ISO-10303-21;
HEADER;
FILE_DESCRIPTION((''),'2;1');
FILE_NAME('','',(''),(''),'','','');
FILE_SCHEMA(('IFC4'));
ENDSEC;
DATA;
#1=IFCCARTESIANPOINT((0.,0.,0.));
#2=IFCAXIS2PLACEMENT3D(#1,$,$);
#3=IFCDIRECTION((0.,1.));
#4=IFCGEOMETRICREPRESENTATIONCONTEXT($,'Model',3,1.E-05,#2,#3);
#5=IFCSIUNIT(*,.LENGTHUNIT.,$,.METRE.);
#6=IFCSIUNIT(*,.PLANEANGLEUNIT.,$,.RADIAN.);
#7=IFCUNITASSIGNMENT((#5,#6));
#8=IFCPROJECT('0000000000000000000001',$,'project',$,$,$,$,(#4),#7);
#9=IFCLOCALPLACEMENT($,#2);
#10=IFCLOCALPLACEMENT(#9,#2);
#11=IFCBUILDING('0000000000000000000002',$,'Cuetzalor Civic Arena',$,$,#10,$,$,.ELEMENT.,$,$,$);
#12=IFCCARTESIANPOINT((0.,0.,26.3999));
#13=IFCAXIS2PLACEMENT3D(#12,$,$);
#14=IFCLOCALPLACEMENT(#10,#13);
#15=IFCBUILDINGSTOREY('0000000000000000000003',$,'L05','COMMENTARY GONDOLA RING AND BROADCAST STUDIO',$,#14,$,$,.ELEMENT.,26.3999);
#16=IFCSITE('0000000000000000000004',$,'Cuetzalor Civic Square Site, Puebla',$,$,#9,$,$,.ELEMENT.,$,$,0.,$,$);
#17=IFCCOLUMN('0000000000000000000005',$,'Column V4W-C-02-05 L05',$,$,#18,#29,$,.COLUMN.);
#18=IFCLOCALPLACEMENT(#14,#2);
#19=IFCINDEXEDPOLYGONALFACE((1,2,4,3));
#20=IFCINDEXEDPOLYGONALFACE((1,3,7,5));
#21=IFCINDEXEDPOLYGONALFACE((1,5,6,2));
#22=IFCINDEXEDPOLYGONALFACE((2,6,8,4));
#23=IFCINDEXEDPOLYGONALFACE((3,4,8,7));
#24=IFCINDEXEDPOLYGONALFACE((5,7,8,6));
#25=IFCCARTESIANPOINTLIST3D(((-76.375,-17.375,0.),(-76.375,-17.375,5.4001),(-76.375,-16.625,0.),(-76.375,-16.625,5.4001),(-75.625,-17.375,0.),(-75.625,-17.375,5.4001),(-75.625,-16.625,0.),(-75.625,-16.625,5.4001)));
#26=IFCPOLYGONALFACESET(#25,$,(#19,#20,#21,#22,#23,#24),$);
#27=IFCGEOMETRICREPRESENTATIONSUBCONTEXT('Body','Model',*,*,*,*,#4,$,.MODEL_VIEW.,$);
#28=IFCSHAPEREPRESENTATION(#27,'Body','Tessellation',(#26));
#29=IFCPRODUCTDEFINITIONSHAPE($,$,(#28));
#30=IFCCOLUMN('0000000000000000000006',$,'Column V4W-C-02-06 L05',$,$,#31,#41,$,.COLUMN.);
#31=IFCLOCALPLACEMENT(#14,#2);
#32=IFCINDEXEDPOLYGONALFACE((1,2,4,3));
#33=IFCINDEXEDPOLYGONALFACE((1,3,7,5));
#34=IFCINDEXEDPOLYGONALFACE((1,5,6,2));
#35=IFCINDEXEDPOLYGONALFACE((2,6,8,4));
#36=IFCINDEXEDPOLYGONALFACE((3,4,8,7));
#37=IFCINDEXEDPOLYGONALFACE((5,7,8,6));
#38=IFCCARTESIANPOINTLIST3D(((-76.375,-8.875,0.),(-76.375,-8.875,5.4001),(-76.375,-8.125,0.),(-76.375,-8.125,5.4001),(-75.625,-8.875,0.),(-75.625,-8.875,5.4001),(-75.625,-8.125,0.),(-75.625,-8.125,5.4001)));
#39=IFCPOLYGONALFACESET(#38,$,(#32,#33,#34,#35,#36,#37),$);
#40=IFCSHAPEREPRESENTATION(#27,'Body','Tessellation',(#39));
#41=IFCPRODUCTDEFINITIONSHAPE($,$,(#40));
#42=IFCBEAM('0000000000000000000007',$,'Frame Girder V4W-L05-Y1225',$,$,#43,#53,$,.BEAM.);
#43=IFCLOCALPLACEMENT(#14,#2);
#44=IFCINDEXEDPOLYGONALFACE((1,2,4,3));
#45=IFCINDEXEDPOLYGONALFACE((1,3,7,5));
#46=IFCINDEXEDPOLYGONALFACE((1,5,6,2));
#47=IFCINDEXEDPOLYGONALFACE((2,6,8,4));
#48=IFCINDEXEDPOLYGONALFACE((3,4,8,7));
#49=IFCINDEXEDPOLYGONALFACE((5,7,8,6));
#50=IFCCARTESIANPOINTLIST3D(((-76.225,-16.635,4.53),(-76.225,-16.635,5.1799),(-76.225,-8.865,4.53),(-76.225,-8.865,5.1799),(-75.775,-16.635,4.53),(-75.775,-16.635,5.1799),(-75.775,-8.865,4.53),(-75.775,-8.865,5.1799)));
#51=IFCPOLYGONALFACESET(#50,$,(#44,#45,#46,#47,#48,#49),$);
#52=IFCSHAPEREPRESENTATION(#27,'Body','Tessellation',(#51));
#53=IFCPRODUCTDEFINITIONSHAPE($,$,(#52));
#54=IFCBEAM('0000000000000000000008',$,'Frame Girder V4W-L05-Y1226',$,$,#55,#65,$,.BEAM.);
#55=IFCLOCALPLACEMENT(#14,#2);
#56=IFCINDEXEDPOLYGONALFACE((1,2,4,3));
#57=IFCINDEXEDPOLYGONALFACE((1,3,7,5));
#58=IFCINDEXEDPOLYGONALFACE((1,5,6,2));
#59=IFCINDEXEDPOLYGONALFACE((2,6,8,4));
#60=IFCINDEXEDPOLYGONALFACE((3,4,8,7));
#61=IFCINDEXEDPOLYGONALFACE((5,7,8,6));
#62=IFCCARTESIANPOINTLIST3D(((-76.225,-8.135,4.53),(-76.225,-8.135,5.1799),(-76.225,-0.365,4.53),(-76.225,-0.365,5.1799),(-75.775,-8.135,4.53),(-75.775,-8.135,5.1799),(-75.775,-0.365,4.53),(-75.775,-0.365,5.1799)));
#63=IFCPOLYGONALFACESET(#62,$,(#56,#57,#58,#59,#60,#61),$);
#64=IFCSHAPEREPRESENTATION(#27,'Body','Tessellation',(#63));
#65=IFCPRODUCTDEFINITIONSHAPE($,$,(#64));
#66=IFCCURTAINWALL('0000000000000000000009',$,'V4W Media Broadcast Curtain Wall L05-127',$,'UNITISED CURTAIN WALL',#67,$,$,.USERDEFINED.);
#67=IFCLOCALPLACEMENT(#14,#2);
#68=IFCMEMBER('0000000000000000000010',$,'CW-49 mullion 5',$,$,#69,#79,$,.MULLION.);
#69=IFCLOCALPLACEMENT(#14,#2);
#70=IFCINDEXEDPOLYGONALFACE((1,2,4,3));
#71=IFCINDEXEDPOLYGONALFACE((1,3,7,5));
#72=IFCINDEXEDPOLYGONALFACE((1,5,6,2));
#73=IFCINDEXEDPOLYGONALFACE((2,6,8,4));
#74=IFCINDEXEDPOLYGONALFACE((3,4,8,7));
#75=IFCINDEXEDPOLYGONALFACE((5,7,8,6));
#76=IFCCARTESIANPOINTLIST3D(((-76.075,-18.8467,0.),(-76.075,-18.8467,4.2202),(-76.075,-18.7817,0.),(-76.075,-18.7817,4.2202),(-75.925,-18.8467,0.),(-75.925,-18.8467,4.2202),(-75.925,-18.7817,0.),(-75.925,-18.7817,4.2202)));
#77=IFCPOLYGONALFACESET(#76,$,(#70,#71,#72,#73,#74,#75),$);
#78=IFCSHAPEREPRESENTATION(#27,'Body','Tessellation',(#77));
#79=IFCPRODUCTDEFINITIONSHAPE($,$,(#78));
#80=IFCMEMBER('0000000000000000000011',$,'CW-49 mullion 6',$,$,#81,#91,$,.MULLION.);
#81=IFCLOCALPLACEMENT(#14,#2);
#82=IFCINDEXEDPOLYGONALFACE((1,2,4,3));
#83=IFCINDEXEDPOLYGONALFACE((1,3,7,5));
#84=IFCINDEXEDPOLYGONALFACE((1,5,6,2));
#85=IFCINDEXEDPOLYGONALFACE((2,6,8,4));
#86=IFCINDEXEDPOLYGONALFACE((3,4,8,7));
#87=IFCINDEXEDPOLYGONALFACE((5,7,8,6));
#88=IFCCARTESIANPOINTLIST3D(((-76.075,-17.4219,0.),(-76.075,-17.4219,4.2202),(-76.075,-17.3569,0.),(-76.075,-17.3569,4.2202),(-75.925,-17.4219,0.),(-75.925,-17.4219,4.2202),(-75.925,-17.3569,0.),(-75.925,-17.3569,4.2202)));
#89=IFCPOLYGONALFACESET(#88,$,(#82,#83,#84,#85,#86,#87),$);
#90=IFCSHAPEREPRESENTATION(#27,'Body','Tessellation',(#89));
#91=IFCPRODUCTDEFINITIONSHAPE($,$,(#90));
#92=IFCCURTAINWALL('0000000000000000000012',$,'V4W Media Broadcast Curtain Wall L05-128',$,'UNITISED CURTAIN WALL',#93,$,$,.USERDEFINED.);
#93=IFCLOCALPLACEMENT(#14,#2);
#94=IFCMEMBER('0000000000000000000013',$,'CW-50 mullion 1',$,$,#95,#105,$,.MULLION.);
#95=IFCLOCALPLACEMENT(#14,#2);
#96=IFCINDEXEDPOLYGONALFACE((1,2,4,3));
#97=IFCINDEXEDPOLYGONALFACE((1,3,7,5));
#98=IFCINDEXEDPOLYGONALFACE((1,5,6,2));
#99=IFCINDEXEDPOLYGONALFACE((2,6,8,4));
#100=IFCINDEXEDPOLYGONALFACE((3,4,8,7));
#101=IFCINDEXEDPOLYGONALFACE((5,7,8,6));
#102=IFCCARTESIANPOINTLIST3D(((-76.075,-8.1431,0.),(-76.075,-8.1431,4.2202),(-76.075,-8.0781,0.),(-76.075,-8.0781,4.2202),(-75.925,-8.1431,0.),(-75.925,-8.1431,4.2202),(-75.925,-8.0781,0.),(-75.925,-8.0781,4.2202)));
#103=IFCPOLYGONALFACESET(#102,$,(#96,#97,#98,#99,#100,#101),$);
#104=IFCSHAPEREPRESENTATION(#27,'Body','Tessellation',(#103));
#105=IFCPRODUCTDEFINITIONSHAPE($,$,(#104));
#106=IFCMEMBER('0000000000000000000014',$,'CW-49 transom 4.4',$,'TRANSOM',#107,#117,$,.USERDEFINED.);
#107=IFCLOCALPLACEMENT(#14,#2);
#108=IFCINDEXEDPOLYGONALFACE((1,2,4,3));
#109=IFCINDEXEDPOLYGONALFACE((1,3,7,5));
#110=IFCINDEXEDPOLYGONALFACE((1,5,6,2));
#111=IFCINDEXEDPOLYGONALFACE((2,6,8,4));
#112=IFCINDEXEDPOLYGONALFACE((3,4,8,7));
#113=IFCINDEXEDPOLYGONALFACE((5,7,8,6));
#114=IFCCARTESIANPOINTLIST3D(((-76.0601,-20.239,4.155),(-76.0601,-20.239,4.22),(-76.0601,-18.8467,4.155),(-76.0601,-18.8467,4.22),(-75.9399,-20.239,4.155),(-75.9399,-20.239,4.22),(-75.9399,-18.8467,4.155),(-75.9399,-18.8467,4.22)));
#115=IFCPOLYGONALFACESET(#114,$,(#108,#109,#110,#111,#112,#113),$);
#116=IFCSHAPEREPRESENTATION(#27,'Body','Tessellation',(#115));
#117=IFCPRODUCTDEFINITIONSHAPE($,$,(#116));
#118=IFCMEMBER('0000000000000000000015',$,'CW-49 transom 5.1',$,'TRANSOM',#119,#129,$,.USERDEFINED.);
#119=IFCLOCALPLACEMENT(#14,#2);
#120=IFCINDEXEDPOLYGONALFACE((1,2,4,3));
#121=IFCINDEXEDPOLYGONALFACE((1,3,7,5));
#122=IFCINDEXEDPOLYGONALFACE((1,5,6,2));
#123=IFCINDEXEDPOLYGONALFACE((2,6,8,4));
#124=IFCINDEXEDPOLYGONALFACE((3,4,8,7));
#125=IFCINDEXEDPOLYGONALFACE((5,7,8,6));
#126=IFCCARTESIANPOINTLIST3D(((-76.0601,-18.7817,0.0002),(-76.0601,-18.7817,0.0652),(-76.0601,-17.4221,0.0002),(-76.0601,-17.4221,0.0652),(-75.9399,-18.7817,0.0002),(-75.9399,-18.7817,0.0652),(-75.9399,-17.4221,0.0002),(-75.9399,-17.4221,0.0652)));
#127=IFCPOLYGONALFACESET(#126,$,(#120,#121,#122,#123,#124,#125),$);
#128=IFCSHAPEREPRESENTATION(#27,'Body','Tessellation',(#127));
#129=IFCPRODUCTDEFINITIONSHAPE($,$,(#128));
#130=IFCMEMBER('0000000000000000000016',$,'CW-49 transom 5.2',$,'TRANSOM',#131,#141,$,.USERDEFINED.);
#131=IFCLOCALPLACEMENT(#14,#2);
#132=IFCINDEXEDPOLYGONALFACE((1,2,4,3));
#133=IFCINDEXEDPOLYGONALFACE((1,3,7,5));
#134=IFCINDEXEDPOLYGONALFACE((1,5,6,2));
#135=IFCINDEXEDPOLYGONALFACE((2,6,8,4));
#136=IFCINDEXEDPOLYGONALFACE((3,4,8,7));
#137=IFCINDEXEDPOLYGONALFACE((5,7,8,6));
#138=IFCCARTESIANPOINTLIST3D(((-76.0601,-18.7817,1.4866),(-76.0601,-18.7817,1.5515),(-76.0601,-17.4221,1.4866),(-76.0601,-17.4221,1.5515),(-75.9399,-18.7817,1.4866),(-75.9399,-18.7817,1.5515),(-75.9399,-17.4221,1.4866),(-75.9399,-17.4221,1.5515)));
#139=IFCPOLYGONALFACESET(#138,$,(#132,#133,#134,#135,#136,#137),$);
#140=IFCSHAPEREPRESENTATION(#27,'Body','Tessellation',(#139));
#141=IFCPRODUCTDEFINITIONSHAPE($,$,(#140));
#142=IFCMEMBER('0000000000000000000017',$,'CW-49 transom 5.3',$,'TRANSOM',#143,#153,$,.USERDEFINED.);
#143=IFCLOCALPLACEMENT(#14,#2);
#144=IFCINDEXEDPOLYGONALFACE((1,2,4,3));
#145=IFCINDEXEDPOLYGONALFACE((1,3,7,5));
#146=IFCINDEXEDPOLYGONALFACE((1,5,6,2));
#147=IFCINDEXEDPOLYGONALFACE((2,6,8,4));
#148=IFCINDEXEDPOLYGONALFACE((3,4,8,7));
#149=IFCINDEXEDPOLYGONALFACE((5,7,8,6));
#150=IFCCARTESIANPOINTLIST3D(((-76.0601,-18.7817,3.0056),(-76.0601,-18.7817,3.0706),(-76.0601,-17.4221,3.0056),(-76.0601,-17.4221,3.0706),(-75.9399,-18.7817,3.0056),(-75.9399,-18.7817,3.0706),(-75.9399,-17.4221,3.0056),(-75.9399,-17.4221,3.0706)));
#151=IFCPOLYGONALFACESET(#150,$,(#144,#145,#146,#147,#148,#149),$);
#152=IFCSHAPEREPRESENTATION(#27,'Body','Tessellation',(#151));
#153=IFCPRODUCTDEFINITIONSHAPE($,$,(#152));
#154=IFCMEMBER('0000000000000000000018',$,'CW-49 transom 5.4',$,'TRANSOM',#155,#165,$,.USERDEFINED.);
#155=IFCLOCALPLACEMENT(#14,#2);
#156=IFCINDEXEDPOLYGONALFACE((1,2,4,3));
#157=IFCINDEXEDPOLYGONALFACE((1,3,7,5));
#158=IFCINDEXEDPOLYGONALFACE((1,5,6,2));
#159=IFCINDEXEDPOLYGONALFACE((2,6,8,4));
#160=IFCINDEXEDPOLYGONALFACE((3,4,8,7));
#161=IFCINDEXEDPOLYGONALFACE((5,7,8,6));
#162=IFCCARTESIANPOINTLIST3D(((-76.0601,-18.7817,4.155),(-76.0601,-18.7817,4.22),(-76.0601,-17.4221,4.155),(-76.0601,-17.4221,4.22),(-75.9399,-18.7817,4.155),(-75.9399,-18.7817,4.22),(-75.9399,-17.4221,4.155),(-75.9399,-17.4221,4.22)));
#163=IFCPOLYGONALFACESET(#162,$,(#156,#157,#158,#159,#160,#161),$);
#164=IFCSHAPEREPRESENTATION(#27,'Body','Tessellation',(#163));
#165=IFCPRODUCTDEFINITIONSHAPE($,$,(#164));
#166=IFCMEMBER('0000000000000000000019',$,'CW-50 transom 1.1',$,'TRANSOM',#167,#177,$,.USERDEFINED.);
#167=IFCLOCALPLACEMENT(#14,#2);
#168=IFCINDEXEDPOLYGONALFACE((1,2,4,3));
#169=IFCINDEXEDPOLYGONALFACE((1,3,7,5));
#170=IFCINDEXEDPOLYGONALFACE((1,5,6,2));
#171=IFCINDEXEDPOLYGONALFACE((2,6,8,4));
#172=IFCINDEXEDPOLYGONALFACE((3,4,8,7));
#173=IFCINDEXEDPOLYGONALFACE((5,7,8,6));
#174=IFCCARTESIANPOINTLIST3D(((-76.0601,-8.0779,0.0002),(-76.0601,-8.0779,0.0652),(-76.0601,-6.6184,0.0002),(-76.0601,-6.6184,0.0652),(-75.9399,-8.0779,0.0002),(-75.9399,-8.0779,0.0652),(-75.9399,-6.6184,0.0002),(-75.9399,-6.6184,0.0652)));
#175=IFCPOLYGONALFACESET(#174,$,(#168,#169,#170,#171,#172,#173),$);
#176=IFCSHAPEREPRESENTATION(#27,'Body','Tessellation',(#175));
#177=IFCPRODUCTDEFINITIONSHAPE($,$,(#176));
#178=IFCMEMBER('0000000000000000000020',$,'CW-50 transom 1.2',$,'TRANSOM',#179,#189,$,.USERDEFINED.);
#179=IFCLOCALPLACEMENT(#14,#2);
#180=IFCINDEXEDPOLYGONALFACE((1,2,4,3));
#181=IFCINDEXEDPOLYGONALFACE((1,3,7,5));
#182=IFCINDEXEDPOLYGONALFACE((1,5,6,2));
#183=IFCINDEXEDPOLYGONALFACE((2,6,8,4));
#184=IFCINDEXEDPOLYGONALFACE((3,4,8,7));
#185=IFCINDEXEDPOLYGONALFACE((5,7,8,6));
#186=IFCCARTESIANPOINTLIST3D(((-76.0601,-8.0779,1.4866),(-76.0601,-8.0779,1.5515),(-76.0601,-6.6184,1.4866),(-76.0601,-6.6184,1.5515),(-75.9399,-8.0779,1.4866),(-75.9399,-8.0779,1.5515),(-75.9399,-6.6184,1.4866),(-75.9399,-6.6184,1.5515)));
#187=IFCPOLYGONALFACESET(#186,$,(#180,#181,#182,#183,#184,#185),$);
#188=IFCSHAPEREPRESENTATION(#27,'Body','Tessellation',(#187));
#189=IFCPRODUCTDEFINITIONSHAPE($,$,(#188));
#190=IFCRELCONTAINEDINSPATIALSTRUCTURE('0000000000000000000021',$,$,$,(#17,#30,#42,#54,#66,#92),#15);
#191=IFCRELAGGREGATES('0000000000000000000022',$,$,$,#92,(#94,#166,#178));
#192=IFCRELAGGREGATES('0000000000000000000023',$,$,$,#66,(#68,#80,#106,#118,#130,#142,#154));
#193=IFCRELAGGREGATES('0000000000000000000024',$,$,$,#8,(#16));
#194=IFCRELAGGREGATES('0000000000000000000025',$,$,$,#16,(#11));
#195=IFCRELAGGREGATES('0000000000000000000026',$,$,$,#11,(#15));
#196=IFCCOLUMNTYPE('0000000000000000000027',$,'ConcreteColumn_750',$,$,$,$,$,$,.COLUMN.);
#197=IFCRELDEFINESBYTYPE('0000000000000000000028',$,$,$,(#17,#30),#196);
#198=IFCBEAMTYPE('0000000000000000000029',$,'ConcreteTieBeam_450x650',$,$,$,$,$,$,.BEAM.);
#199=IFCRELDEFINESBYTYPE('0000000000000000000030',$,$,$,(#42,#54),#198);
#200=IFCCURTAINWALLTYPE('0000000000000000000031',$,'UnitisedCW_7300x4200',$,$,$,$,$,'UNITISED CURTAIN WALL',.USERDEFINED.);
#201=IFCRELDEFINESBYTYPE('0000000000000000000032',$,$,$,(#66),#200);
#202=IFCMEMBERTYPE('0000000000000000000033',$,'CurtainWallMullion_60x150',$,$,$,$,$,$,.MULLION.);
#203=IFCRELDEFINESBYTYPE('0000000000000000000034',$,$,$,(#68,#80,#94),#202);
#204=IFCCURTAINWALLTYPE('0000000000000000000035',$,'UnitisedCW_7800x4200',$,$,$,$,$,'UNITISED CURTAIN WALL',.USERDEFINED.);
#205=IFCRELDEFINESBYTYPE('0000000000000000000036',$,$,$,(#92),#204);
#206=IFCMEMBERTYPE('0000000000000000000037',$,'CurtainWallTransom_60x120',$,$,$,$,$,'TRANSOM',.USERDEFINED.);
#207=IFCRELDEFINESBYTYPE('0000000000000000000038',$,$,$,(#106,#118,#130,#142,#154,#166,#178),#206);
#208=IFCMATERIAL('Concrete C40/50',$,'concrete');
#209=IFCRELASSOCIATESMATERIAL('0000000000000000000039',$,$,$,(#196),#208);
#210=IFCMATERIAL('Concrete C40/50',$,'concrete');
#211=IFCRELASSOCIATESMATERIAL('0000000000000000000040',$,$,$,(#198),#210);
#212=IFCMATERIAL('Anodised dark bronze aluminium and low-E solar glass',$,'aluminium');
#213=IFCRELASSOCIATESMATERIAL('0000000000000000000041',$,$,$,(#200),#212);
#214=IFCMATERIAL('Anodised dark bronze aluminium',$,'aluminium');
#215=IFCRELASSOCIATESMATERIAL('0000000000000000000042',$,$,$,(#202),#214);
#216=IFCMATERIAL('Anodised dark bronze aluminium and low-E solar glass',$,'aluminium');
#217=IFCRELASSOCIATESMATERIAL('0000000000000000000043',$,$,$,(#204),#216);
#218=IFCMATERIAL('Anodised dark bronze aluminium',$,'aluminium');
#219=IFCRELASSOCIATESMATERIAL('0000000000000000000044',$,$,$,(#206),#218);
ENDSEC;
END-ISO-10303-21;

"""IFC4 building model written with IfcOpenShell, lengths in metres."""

from ifc_helpers import new_model, si_unit, direction, frame, origin, origin_2d, place, context, subcontext, project, spatial, rectangle, extrude, material, material_profile, profile_set, type_object, element, aggregate, save


model = new_model("IFC4")

# Units and contexts
model_context = context("Model", 3, precision=1e-05, world=origin(), true_north=direction((0.0, 1.0)))
body_context = subcontext(model_context, "Body", "Model", "MODEL_VIEW")
ifc_project = project(units=[si_unit("LENGTHUNIT", "METRE"), si_unit("PLANEANGLEUNIT", "RADIAN")], contexts=[model_context])

# Site, building, storey
site_placement = place(None, origin())
site = spatial("IfcSite", under=ifc_project, at=site_placement, Name="Cuetzalor Civic Square Site, Puebla", CompositionType="ELEMENT", RefElevation=0.0)
building_placement = place(site_placement, origin())
building = spatial("IfcBuilding", under=site, at=building_placement, Name="Cuetzalor Civic Arena", CompositionType="ELEMENT")
storey_placement = place(building_placement, frame((0.0, 0.0, 26.3999)))
storey = spatial("IfcBuildingStorey", under=building, at=storey_placement, Name="L05", Description="COMMENTARY GONDOLA RING AND BROADCAST STUDIO", CompositionType="ELEMENT", Elevation=26.3999)

# Columns
ifc_material_1 = material(Name="Concrete C40/50", Category="concrete")
ifc_material_profile_1 = material_profile(ifc_material_1, rectangle(XDim=0.75, YDim=0.75, at=origin_2d()), Name="RC 750x750")
ifc_profile_set_1 = profile_set([ifc_material_profile_1], Name="Concrete C40/50")
column_type = type_object("IfcColumnType", Name="ConcreteColumn_750", PredefinedType="COLUMN", material=ifc_profile_set_1)
for number, where, z_axis, x_axis, name in (
    (1, (-76.0, -17.0, 0.0), (0.0, 0.0, 1.0), (1.0, 0.0, 0.0), "Column V4W-C-02-05 L05"),
    (2, (-76.0, -8.5, 0.0), (0.0, 0.0, 1.0), (1.0, 0.0, 0.0), "Column V4W-C-02-06 L05"),
):
    element("IfcColumn", number, at=place(storey_placement, frame(where, z_axis=z_axis, x_axis=x_axis)), inside=storey, type_object=column_type, Name=name, PredefinedType="COLUMN", context=body_context, shape_type="SweptSolid", body=[
        extrude(rectangle(XDim=0.75, YDim=0.75, at=origin_2d()), origin(), (0.0, 0.0, 1.0), 5.4001),
    ])

# Beams
ifc_material_2 = material(Name="Concrete C40/50", Category="concrete")
ifc_material_profile_2 = material_profile(ifc_material_2, rectangle(XDim=0.45, YDim=0.6499, at=origin_2d()), Name="RC 450x650")
ifc_profile_set_2 = profile_set([ifc_material_profile_2], Name="Concrete C40/50")
beam_type = type_object("IfcBeamType", Name="ConcreteTieBeam_450x650", PredefinedType="BEAM", material=ifc_profile_set_2)
for number, where, z_axis, x_axis, name in (
    (3, (-76.0, -16.635, 4.855), (0.0, 1.0, 0.0), (-1.0, 0.0, 0.0), "Frame Girder V4W-L05-Y1225"),
    (4, (-76.0, -8.135, 4.855), (0.0, 1.0, 0.0), (-1.0, 0.0, 0.0), "Frame Girder V4W-L05-Y1226"),
):
    element("IfcBeam", number, at=place(storey_placement, frame(where, z_axis=z_axis, x_axis=x_axis)), inside=storey, type_object=beam_type, Name=name, PredefinedType="BEAM", context=body_context, shape_type="SweptSolid", body=[
        extrude(rectangle(XDim=0.45, YDim=0.6499, at=origin_2d()), origin(), (0.0, 0.0, 1.0), 7.77),
    ])

# Curtain wall, members
ifc_material_3 = material(Name="Anodised dark bronze aluminium and low-E solar glass", Category="aluminium")
curtain_wall_type_1 = type_object("IfcCurtainWallType", Name="UnitisedCW_7300x4200", ElementType="UNITISED CURTAIN WALL", PredefinedType="USERDEFINED", material=ifc_material_3)
curtain_wall_1_placement = place(storey_placement, origin())
curtain_wall_1 = element("IfcCurtainWall", 5, at=curtain_wall_1_placement, inside=storey, type_object=curtain_wall_type_1, Name="V4W Media Broadcast Curtain Wall L05-127", ObjectType="UNITISED CURTAIN WALL", PredefinedType="USERDEFINED")
ifc_material_4 = material(Name="Anodised dark bronze aluminium", Category="aluminium")
ifc_material_profile_3 = material_profile(ifc_material_4, rectangle(XDim=0.0649, YDim=0.1499, at=origin_2d()), Name="ALU MULLION 65x150")
ifc_profile_set_3 = profile_set([ifc_material_profile_3], Name="Anodised dark bronze aluminium")
member_type_1 = type_object("IfcMemberType", Name="CurtainWallMullion_60x150", PredefinedType="MULLION", material=ifc_profile_set_3)
member_1_placement = place(storey_placement, frame((-76.0, -18.8142, 0.0), z_axis=(0.0, 0.0, 1.0), x_axis=(0.0, 1.0, 0.0)))
member_1 = element("IfcMember", 6, at=member_1_placement, type_object=member_type_1, Name="CW-49 mullion 5", PredefinedType="MULLION", context=body_context, shape_type="SweptSolid", body=[
    extrude(rectangle(XDim=0.0649, YDim=0.1499, at=origin_2d()), origin(), (0.0, 0.0, 1.0), 4.2202),
])
member_2_placement = place(storey_placement, frame((-76.0, -17.3894, 0.0), z_axis=(0.0, 0.0, 1.0), x_axis=(0.0, 1.0, 0.0)))
member_2 = element("IfcMember", 7, at=member_2_placement, type_object=member_type_1, Name="CW-49 mullion 6", PredefinedType="MULLION", context=body_context, shape_type="SweptSolid", body=[
    extrude(rectangle(XDim=0.0649, YDim=0.1499, at=origin_2d()), origin(), (0.0, 0.0, 1.0), 4.2202),
])

# Curtain wall, member
ifc_material_5 = material(Name="Anodised dark bronze aluminium and low-E solar glass", Category="aluminium")
curtain_wall_type_2 = type_object("IfcCurtainWallType", Name="UnitisedCW_7800x4200", ElementType="UNITISED CURTAIN WALL", PredefinedType="USERDEFINED", material=ifc_material_5)
curtain_wall_2_placement = place(storey_placement, origin())
curtain_wall_2 = element("IfcCurtainWall", 8, at=curtain_wall_2_placement, inside=storey, type_object=curtain_wall_type_2, Name="V4W Media Broadcast Curtain Wall L05-128", ObjectType="UNITISED CURTAIN WALL", PredefinedType="USERDEFINED")
member_3_placement = place(storey_placement, frame((-76.0, -8.1106, 0.0), z_axis=(0.0, 0.0, 1.0), x_axis=(0.0, 1.0, 0.0)))
member_3 = element("IfcMember", 9, at=member_3_placement, type_object=member_type_1, Name="CW-50 mullion 1", PredefinedType="MULLION", context=body_context, shape_type="SweptSolid", body=[
    extrude(rectangle(XDim=0.0649, YDim=0.1499, at=origin_2d()), origin(), (0.0, 0.0, 1.0), 4.2202),
])

# Members
ifc_material_6 = material(Name="Anodised dark bronze aluminium", Category="aluminium")
ifc_material_profile_4 = material_profile(ifc_material_6, rectangle(XDim=0.1201, YDim=0.0649, at=origin_2d()), Name="ALU TRANSOM 65x120")
ifc_profile_set_4 = profile_set([ifc_material_profile_4], Name="Anodised dark bronze aluminium")
member_type_2 = type_object("IfcMemberType", Name="CurtainWallTransom_60x120", ElementType="TRANSOM", PredefinedType="USERDEFINED", material=ifc_profile_set_4)
member_4_placement = place(storey_placement, frame((-76.0, -20.239, 4.1875), z_axis=(0.0, 1.0, 0.0), x_axis=(-1.0, 0.0, 0.0)))
member_4 = element("IfcMember", 10, at=member_4_placement, type_object=member_type_2, Name="CW-49 transom 4.4", ObjectType="TRANSOM", PredefinedType="USERDEFINED", context=body_context, shape_type="SweptSolid", body=[
    extrude(rectangle(XDim=0.1201, YDim=0.0649, at=origin_2d()), origin(), (0.0, 0.0, 1.0), 1.3923),
])
member_5_placement = place(storey_placement, frame((-76.0, -18.7817, 0.0327), z_axis=(0.0, 1.0, 0.0), x_axis=(-1.0, 0.0, 0.0)))
member_5 = element("IfcMember", 11, at=member_5_placement, type_object=member_type_2, Name="CW-49 transom 5.1", ObjectType="TRANSOM", PredefinedType="USERDEFINED", context=body_context, shape_type="SweptSolid", body=[
    extrude(rectangle(XDim=0.1201, YDim=0.0649, at=origin_2d()), origin(), (0.0, 0.0, 1.0), 1.3596),
])
member_6_placement = place(storey_placement, frame((-76.0, -18.7817, 1.519), z_axis=(0.0, 1.0, 0.0), x_axis=(-1.0, 0.0, 0.0)))
member_6 = element("IfcMember", 12, at=member_6_placement, type_object=member_type_2, Name="CW-49 transom 5.2", ObjectType="TRANSOM", PredefinedType="USERDEFINED", context=body_context, shape_type="SweptSolid", body=[
    extrude(rectangle(XDim=0.1201, YDim=0.0649, at=origin_2d()), origin(), (0.0, 0.0, 1.0), 1.3596),
])
member_7_placement = place(storey_placement, frame((-76.0, -18.7817, 3.0381), z_axis=(0.0, 1.0, 0.0), x_axis=(-1.0, 0.0, 0.0)))
member_7 = element("IfcMember", 13, at=member_7_placement, type_object=member_type_2, Name="CW-49 transom 5.3", ObjectType="TRANSOM", PredefinedType="USERDEFINED", context=body_context, shape_type="SweptSolid", body=[
    extrude(rectangle(XDim=0.1201, YDim=0.0649, at=origin_2d()), origin(), (0.0, 0.0, 1.0), 1.3596),
])
member_8_placement = place(storey_placement, frame((-76.0, -18.7817, 4.1875), z_axis=(0.0, 1.0, 0.0), x_axis=(-1.0, 0.0, 0.0)))
member_8 = element("IfcMember", 14, at=member_8_placement, type_object=member_type_2, Name="CW-49 transom 5.4", ObjectType="TRANSOM", PredefinedType="USERDEFINED", context=body_context, shape_type="SweptSolid", body=[
    extrude(rectangle(XDim=0.1201, YDim=0.0649, at=origin_2d()), origin(), (0.0, 0.0, 1.0), 1.3596),
])
member_9_placement = place(storey_placement, frame((-76.0, -8.0779, 0.0327), z_axis=(0.0, 1.0, 0.0), x_axis=(-1.0, 0.0, 0.0)))
member_9 = element("IfcMember", 15, at=member_9_placement, type_object=member_type_2, Name="CW-50 transom 1.1", ObjectType="TRANSOM", PredefinedType="USERDEFINED", context=body_context, shape_type="SweptSolid", body=[
    extrude(rectangle(XDim=0.1201, YDim=0.0649, at=origin_2d()), origin(), (0.0, 0.0, 1.0), 1.4595),
])
member_10_placement = place(storey_placement, frame((-76.0, -8.0779, 1.519), z_axis=(0.0, 1.0, 0.0), x_axis=(-1.0, 0.0, 0.0)))
member_10 = element("IfcMember", 16, at=member_10_placement, type_object=member_type_2, Name="CW-50 transom 1.2", ObjectType="TRANSOM", PredefinedType="USERDEFINED", context=body_context, shape_type="SweptSolid", body=[
    extrude(rectangle(XDim=0.1201, YDim=0.0649, at=origin_2d()), origin(), (0.0, 0.0, 1.0), 1.4595),
])
aggregate(curtain_wall_2, [member_3, member_9, member_10])

aggregate(curtain_wall_1, [member_1, member_2, member_4, member_5, member_6, member_7, member_8])

save(model, "model.ifc")
